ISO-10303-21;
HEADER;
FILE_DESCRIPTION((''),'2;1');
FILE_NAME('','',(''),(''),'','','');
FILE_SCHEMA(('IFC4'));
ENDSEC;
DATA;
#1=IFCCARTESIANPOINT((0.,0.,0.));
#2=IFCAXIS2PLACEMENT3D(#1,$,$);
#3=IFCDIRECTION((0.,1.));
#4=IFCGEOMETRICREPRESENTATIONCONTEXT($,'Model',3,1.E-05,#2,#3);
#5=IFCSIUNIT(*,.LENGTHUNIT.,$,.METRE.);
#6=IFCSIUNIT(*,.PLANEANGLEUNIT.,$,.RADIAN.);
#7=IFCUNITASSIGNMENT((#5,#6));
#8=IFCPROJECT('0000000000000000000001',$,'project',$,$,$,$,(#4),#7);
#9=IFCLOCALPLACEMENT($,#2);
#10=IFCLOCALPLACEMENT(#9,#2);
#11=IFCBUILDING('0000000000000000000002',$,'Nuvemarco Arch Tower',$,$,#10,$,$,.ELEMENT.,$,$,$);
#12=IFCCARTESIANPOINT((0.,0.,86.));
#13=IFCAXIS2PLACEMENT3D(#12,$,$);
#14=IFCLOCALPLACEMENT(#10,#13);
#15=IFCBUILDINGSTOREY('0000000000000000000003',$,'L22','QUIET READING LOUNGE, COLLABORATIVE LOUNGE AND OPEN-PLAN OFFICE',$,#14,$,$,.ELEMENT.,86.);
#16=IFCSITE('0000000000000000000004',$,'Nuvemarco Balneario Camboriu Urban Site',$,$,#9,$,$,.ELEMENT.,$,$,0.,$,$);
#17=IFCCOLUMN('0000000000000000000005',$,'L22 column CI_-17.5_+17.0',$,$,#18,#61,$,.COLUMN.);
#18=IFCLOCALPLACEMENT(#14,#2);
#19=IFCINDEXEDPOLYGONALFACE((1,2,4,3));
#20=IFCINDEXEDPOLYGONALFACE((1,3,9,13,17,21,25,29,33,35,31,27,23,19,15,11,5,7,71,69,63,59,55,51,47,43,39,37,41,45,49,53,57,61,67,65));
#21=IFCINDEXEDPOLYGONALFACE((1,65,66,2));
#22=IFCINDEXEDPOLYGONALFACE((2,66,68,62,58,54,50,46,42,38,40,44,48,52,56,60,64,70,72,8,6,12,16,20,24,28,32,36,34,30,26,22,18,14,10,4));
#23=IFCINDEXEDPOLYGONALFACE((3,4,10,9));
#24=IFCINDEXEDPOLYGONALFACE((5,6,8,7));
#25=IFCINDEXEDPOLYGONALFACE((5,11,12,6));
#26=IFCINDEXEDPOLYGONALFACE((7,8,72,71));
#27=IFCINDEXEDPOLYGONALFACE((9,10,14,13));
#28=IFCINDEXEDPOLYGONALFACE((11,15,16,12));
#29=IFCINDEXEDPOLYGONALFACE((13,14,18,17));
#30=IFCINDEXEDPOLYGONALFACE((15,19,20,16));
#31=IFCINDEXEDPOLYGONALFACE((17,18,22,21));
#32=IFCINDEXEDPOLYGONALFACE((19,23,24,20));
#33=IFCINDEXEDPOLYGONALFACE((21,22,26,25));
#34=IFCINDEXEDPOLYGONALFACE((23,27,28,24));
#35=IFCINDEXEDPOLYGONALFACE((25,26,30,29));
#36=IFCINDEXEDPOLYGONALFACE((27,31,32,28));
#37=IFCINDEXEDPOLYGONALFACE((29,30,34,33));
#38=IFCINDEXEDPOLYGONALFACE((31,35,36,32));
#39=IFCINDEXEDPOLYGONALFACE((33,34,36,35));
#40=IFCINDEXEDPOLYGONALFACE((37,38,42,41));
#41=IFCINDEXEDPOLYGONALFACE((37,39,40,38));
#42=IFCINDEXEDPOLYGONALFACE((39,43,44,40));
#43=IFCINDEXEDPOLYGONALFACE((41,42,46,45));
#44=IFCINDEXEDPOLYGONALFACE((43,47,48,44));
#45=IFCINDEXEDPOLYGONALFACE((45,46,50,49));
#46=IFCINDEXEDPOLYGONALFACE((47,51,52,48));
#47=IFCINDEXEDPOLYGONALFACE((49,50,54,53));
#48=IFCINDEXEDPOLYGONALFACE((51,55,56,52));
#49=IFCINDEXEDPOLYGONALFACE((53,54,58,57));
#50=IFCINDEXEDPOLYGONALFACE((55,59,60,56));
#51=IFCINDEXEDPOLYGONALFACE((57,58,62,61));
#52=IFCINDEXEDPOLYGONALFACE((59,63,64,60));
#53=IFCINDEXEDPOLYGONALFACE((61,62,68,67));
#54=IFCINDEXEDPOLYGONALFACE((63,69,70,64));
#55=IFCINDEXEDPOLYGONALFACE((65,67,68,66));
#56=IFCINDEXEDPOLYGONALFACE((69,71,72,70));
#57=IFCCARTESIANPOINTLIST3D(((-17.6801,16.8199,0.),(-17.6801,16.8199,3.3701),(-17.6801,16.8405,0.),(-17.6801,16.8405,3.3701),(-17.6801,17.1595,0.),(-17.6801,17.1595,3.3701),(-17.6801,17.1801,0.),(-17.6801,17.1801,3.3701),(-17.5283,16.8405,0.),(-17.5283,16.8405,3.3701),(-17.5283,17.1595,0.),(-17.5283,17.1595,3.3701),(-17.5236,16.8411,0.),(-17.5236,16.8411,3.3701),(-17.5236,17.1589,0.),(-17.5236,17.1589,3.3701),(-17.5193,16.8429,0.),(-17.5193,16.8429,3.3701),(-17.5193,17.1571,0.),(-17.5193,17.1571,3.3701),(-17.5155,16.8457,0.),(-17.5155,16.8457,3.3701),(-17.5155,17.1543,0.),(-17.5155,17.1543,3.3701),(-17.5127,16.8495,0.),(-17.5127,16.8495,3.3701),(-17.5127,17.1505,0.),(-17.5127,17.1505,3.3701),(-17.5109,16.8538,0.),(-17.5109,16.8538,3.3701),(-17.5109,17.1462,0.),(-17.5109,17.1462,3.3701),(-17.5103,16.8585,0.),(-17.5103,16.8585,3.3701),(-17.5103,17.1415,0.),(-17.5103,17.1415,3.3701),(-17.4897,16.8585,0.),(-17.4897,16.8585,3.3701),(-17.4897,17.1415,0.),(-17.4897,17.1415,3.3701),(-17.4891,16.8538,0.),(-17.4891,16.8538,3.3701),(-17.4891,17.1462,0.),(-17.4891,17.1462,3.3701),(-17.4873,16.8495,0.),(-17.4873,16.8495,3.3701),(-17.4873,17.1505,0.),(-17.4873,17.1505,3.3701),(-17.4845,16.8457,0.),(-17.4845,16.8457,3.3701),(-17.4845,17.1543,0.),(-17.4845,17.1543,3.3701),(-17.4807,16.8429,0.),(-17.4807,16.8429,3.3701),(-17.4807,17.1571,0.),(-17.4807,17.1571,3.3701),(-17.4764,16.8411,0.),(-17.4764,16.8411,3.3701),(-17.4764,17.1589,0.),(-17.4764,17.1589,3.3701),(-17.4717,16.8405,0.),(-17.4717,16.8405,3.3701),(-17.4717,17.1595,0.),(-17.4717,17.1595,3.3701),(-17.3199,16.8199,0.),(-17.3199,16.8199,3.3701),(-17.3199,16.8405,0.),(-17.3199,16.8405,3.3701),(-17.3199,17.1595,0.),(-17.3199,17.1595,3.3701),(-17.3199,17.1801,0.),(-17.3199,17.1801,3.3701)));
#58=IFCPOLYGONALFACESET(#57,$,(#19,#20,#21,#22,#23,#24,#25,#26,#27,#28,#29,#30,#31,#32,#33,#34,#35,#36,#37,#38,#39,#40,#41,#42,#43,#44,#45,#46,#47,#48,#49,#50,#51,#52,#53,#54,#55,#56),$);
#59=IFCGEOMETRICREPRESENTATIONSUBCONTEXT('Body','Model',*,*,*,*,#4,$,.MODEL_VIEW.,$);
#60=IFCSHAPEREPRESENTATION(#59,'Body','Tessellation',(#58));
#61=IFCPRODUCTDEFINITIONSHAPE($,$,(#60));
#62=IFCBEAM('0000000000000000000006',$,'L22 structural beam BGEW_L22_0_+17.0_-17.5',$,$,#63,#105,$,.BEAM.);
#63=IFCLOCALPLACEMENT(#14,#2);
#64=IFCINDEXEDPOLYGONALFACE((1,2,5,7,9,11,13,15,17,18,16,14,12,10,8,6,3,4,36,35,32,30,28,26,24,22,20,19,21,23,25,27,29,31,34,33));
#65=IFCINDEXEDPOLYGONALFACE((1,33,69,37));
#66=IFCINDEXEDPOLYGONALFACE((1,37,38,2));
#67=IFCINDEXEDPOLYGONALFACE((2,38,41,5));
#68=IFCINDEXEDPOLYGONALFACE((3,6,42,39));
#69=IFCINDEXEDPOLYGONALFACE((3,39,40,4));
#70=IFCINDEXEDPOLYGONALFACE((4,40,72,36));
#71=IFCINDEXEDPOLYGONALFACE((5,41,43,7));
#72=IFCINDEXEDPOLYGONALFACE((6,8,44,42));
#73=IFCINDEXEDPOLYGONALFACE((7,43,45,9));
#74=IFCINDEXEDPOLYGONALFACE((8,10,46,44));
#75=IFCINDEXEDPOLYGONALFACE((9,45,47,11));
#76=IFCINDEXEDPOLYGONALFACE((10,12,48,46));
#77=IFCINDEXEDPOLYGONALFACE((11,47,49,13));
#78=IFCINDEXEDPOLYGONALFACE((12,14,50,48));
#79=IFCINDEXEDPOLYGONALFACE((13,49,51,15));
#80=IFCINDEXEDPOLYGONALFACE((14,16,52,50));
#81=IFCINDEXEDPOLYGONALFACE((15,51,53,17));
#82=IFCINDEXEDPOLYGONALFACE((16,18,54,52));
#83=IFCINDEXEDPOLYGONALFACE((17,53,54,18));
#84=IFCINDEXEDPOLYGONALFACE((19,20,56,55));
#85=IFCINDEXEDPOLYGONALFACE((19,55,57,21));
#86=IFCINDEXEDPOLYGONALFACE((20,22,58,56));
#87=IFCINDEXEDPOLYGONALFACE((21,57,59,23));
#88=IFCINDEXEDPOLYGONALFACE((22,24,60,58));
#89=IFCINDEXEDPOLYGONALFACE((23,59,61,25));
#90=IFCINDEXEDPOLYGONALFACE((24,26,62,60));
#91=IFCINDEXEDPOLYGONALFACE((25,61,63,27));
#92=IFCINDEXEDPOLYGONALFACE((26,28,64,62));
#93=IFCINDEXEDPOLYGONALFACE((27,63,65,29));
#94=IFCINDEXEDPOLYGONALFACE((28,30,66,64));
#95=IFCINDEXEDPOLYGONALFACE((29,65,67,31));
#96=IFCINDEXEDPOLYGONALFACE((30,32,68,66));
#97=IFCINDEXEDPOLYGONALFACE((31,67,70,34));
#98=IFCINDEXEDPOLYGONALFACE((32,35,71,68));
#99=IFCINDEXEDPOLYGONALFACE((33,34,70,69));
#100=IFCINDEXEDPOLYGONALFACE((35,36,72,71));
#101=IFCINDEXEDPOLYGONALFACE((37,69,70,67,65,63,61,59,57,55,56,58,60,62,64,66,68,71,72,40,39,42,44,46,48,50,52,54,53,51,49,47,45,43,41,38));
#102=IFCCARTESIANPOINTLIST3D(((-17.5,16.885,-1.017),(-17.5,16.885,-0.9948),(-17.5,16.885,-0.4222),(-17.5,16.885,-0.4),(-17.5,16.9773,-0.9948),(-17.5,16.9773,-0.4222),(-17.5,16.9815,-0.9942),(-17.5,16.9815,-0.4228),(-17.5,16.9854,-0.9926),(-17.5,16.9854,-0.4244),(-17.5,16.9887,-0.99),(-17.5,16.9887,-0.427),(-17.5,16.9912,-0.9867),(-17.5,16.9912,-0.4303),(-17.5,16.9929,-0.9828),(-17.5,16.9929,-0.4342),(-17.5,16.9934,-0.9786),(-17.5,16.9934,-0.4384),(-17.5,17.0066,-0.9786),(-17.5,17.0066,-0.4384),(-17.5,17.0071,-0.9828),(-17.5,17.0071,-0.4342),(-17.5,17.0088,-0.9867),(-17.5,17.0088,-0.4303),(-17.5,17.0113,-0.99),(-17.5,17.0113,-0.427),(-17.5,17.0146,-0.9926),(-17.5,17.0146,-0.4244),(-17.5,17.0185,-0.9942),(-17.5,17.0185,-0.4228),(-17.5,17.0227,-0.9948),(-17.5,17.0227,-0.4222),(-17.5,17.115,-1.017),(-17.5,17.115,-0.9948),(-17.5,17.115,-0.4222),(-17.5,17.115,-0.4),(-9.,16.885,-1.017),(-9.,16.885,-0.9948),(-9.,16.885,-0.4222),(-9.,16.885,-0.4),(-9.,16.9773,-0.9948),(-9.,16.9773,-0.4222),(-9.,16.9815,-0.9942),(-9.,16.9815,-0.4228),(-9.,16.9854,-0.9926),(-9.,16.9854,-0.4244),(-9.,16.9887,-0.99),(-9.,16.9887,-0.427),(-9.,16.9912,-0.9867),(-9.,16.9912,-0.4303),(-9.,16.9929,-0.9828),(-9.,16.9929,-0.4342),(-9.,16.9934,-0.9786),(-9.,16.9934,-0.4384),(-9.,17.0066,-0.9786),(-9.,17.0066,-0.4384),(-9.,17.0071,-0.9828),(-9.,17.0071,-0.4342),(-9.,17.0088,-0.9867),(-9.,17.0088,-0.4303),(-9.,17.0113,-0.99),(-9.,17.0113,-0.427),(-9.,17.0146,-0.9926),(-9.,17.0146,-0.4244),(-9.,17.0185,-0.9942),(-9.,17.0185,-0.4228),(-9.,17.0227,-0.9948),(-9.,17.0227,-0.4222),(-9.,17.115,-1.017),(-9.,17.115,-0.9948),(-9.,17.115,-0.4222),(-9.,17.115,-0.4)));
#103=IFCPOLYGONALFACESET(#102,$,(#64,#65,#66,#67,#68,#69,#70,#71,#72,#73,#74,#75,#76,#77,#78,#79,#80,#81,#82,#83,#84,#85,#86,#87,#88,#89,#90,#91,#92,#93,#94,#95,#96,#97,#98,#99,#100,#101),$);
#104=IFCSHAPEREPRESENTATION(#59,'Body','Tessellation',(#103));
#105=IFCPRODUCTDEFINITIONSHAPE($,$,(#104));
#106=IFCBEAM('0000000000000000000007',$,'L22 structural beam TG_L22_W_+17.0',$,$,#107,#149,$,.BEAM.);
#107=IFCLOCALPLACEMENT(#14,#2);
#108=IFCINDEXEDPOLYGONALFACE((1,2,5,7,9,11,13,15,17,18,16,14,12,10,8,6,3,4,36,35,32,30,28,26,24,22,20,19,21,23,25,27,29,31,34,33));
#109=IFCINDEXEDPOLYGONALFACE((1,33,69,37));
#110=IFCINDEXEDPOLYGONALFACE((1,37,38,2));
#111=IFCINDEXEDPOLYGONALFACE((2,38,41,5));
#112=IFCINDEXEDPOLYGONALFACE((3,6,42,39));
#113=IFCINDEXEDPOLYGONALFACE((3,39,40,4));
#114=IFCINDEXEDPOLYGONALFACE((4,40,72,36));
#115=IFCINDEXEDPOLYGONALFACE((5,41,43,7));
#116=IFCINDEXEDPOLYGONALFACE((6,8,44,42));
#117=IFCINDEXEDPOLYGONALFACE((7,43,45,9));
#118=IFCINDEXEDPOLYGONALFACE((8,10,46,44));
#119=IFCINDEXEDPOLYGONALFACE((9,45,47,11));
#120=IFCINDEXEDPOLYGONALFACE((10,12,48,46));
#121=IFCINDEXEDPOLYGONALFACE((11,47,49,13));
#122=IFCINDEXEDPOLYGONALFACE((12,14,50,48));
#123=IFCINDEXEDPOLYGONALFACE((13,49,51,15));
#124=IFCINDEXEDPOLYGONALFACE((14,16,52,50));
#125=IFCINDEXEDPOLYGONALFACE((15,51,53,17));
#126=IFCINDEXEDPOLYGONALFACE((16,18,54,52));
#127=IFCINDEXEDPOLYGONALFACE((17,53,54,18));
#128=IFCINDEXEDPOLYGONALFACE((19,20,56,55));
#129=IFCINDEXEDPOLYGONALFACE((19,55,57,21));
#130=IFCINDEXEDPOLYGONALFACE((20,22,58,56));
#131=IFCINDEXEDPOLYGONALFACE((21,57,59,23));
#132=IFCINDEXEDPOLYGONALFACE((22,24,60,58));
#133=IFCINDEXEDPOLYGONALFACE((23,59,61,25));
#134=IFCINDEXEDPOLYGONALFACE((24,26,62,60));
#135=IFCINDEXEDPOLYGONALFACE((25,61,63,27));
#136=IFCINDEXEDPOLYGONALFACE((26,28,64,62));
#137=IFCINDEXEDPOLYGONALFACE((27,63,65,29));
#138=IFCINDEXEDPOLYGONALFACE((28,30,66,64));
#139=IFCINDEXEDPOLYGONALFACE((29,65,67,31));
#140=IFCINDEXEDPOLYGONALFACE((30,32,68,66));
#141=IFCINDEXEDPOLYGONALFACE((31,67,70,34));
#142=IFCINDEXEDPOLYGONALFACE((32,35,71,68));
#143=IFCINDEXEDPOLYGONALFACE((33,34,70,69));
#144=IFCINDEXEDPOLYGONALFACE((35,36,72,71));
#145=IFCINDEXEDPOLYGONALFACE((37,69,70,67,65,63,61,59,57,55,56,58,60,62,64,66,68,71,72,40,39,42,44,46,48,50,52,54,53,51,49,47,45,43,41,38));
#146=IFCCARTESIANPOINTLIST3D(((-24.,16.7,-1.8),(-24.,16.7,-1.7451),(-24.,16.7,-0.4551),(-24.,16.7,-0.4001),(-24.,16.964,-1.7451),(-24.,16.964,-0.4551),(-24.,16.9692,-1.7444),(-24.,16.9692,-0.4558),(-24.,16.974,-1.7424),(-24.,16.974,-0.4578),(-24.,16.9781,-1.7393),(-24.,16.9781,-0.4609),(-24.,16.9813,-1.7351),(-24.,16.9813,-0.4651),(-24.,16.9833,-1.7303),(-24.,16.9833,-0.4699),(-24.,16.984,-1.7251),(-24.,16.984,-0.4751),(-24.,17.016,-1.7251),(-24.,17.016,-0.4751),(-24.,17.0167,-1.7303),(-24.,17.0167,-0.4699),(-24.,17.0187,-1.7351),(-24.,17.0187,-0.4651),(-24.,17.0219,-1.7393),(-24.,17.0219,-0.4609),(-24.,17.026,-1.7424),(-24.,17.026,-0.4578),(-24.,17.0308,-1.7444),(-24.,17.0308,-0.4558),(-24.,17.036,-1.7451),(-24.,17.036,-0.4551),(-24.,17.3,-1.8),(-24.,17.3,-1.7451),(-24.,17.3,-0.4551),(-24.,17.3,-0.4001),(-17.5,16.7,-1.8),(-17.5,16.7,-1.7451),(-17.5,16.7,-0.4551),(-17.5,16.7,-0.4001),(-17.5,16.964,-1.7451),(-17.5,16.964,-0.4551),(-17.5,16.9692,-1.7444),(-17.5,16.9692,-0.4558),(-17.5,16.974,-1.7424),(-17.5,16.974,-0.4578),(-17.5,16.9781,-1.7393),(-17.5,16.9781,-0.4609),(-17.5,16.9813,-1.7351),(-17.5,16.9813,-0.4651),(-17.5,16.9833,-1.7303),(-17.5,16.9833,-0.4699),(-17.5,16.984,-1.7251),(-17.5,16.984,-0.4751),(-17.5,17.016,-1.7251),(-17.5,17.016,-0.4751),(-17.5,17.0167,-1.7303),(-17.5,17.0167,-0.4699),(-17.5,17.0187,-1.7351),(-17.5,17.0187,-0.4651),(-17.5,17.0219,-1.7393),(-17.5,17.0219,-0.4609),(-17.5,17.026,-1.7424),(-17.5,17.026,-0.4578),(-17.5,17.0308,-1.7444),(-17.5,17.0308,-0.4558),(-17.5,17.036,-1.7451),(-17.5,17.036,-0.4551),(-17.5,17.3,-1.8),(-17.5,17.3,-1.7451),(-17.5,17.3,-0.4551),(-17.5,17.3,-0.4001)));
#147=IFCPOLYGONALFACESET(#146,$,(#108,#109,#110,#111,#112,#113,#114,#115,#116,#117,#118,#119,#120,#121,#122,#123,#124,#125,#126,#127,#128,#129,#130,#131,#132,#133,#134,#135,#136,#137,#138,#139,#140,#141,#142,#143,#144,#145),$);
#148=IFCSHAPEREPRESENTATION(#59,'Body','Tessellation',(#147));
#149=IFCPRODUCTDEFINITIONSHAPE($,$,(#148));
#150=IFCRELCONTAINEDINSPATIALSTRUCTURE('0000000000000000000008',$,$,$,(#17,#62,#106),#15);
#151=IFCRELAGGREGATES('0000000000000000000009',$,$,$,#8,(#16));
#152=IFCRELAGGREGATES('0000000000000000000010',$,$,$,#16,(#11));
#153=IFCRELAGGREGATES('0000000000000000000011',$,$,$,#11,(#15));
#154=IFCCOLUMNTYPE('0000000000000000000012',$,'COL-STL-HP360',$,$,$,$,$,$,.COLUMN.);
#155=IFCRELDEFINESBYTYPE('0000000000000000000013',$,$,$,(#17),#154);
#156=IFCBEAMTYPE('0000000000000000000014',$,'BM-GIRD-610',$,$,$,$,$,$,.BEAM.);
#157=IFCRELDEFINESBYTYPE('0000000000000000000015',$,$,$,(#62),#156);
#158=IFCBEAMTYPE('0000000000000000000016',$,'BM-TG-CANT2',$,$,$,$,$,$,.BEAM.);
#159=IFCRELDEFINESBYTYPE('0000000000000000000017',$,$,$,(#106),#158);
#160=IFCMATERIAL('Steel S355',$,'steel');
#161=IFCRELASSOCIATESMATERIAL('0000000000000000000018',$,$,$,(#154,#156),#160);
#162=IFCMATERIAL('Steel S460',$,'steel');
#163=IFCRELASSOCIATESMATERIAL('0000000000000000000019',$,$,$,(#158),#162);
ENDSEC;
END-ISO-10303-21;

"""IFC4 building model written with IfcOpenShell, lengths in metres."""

from ifc_helpers import new_model, si_unit, direction, frame, origin, origin_2d, place, context, subcontext, project, spatial, i_section, extrude, material, material_profile, profile_set, type_object, element, save


model = new_model("IFC4")

# Units and contexts
model_context = context("Model", 3, precision=1e-05, world=origin(), true_north=direction((0.0, 1.0)))
body_context = subcontext(model_context, "Body", "Model", "MODEL_VIEW")
ifc_project = project(units=[si_unit("LENGTHUNIT", "METRE"), si_unit("PLANEANGLEUNIT", "RADIAN")], contexts=[model_context])

# Site, building, storey
site_placement = place(None, origin())
site = spatial("IfcSite", under=ifc_project, at=site_placement, Name="Nuvemarco Balneario Camboriu Urban Site", CompositionType="ELEMENT", RefElevation=0.0)
building_placement = place(site_placement, origin())
building = spatial("IfcBuilding", under=site, at=building_placement, Name="Nuvemarco Arch Tower", CompositionType="ELEMENT")
storey_placement = place(building_placement, frame((0.0, 0.0, 86.0)))
storey = spatial("IfcBuildingStorey", under=building, at=storey_placement, Name="L22", Description="QUIET READING LOUNGE, COLLABORATIVE LOUNGE AND OPEN-PLAN OFFICE", CompositionType="ELEMENT", Elevation=86.0)

# Column
ifc_material_1 = material(Name="Steel S355", Category="steel")
ifc_material_profile_1 = material_profile(ifc_material_1, i_section(OverallWidth=0.3601, OverallDepth=0.3601, WebThickness=0.0205, FlangeThickness=0.0205, FilletRadius=0.0181, at=origin_2d()), Name="HP360x174")
ifc_profile_set_1 = profile_set([ifc_material_profile_1], Name="Steel S355")
column_type = type_object("IfcColumnType", Name="COL-STL-HP360", PredefinedType="COLUMN", material=ifc_profile_set_1)
column_placement = place(storey_placement, frame((-17.5, 17.0, 0.0), z_axis=(0.0, 0.0, 1.0), x_axis=(1.0, 0.0, 0.0)))
element("IfcColumn", 1, at=column_placement, inside=storey, type_object=column_type, Name="L22 column CI_-17.5_+17.0", PredefinedType="COLUMN", context=body_context, shape_type="SweptSolid", body=[
    extrude(i_section(OverallWidth=0.3601, OverallDepth=0.3601, WebThickness=0.0205, FlangeThickness=0.0205, FilletRadius=0.0181, at=origin_2d()), origin(), (0.0, 0.0, 1.0), 3.3701),
])

# Beams
ifc_material_profile_2 = material_profile(ifc_material_1, i_section(OverallWidth=0.23, OverallDepth=0.6169, WebThickness=0.0132, FlangeThickness=0.0222, FilletRadius=0.0161, at=origin_2d()), Name="W610x140")
ifc_profile_set_2 = profile_set([ifc_material_profile_2], Name="Steel S355")
beam_type_1 = type_object("IfcBeamType", Name="BM-GIRD-610", PredefinedType="BEAM", material=ifc_profile_set_2)
beam_1_placement = place(storey_placement, frame((-17.5, 17.0, -0.7085), z_axis=(1.0, 0.0, 0.0), x_axis=(0.0, 1.0, 0.0)))
element("IfcBeam", 2, at=beam_1_placement, inside=storey, type_object=beam_type_1, Name="L22 structural beam BGEW_L22_0_+17.0_-17.5", PredefinedType="BEAM", context=body_context, shape_type="SweptSolid", body=[
    extrude(i_section(OverallWidth=0.23, OverallDepth=0.6169, WebThickness=0.0132, FlangeThickness=0.0222, FilletRadius=0.0161, at=origin_2d()), origin(), (0.0, 0.0, 1.0), 8.5),
])
ifc_material_2 = material(Name="Steel S460", Category="steel")
ifc_material_profile_3 = material_profile(ifc_material_2, i_section(OverallWidth=0.6001, OverallDepth=1.3999, WebThickness=0.032, FlangeThickness=0.0549, FilletRadius=0.02, at=origin_2d()), Name="PG1400x600")
ifc_profile_set_3 = profile_set([ifc_material_profile_3], Name="Steel S460")
beam_type_2 = type_object("IfcBeamType", Name="BM-TG-CANT2", PredefinedType="BEAM", material=ifc_profile_set_3)
beam_2_placement = place(storey_placement, frame((-24.0, 17.0, -1.1001), z_axis=(1.0, 0.0, 0.0), x_axis=(0.0, 1.0, 0.0)))
element("IfcBeam", 3, at=beam_2_placement, inside=storey, type_object=beam_type_2, Name="L22 structural beam TG_L22_W_+17.0", PredefinedType="BEAM", context=body_context, shape_type="SweptSolid", body=[
    extrude(i_section(OverallWidth=0.6001, OverallDepth=1.3999, WebThickness=0.032, FlangeThickness=0.0549, FilletRadius=0.02, at=origin_2d()), origin(), (0.0, 0.0, 1.0), 6.5),
])

save(model, "model.ifc")
